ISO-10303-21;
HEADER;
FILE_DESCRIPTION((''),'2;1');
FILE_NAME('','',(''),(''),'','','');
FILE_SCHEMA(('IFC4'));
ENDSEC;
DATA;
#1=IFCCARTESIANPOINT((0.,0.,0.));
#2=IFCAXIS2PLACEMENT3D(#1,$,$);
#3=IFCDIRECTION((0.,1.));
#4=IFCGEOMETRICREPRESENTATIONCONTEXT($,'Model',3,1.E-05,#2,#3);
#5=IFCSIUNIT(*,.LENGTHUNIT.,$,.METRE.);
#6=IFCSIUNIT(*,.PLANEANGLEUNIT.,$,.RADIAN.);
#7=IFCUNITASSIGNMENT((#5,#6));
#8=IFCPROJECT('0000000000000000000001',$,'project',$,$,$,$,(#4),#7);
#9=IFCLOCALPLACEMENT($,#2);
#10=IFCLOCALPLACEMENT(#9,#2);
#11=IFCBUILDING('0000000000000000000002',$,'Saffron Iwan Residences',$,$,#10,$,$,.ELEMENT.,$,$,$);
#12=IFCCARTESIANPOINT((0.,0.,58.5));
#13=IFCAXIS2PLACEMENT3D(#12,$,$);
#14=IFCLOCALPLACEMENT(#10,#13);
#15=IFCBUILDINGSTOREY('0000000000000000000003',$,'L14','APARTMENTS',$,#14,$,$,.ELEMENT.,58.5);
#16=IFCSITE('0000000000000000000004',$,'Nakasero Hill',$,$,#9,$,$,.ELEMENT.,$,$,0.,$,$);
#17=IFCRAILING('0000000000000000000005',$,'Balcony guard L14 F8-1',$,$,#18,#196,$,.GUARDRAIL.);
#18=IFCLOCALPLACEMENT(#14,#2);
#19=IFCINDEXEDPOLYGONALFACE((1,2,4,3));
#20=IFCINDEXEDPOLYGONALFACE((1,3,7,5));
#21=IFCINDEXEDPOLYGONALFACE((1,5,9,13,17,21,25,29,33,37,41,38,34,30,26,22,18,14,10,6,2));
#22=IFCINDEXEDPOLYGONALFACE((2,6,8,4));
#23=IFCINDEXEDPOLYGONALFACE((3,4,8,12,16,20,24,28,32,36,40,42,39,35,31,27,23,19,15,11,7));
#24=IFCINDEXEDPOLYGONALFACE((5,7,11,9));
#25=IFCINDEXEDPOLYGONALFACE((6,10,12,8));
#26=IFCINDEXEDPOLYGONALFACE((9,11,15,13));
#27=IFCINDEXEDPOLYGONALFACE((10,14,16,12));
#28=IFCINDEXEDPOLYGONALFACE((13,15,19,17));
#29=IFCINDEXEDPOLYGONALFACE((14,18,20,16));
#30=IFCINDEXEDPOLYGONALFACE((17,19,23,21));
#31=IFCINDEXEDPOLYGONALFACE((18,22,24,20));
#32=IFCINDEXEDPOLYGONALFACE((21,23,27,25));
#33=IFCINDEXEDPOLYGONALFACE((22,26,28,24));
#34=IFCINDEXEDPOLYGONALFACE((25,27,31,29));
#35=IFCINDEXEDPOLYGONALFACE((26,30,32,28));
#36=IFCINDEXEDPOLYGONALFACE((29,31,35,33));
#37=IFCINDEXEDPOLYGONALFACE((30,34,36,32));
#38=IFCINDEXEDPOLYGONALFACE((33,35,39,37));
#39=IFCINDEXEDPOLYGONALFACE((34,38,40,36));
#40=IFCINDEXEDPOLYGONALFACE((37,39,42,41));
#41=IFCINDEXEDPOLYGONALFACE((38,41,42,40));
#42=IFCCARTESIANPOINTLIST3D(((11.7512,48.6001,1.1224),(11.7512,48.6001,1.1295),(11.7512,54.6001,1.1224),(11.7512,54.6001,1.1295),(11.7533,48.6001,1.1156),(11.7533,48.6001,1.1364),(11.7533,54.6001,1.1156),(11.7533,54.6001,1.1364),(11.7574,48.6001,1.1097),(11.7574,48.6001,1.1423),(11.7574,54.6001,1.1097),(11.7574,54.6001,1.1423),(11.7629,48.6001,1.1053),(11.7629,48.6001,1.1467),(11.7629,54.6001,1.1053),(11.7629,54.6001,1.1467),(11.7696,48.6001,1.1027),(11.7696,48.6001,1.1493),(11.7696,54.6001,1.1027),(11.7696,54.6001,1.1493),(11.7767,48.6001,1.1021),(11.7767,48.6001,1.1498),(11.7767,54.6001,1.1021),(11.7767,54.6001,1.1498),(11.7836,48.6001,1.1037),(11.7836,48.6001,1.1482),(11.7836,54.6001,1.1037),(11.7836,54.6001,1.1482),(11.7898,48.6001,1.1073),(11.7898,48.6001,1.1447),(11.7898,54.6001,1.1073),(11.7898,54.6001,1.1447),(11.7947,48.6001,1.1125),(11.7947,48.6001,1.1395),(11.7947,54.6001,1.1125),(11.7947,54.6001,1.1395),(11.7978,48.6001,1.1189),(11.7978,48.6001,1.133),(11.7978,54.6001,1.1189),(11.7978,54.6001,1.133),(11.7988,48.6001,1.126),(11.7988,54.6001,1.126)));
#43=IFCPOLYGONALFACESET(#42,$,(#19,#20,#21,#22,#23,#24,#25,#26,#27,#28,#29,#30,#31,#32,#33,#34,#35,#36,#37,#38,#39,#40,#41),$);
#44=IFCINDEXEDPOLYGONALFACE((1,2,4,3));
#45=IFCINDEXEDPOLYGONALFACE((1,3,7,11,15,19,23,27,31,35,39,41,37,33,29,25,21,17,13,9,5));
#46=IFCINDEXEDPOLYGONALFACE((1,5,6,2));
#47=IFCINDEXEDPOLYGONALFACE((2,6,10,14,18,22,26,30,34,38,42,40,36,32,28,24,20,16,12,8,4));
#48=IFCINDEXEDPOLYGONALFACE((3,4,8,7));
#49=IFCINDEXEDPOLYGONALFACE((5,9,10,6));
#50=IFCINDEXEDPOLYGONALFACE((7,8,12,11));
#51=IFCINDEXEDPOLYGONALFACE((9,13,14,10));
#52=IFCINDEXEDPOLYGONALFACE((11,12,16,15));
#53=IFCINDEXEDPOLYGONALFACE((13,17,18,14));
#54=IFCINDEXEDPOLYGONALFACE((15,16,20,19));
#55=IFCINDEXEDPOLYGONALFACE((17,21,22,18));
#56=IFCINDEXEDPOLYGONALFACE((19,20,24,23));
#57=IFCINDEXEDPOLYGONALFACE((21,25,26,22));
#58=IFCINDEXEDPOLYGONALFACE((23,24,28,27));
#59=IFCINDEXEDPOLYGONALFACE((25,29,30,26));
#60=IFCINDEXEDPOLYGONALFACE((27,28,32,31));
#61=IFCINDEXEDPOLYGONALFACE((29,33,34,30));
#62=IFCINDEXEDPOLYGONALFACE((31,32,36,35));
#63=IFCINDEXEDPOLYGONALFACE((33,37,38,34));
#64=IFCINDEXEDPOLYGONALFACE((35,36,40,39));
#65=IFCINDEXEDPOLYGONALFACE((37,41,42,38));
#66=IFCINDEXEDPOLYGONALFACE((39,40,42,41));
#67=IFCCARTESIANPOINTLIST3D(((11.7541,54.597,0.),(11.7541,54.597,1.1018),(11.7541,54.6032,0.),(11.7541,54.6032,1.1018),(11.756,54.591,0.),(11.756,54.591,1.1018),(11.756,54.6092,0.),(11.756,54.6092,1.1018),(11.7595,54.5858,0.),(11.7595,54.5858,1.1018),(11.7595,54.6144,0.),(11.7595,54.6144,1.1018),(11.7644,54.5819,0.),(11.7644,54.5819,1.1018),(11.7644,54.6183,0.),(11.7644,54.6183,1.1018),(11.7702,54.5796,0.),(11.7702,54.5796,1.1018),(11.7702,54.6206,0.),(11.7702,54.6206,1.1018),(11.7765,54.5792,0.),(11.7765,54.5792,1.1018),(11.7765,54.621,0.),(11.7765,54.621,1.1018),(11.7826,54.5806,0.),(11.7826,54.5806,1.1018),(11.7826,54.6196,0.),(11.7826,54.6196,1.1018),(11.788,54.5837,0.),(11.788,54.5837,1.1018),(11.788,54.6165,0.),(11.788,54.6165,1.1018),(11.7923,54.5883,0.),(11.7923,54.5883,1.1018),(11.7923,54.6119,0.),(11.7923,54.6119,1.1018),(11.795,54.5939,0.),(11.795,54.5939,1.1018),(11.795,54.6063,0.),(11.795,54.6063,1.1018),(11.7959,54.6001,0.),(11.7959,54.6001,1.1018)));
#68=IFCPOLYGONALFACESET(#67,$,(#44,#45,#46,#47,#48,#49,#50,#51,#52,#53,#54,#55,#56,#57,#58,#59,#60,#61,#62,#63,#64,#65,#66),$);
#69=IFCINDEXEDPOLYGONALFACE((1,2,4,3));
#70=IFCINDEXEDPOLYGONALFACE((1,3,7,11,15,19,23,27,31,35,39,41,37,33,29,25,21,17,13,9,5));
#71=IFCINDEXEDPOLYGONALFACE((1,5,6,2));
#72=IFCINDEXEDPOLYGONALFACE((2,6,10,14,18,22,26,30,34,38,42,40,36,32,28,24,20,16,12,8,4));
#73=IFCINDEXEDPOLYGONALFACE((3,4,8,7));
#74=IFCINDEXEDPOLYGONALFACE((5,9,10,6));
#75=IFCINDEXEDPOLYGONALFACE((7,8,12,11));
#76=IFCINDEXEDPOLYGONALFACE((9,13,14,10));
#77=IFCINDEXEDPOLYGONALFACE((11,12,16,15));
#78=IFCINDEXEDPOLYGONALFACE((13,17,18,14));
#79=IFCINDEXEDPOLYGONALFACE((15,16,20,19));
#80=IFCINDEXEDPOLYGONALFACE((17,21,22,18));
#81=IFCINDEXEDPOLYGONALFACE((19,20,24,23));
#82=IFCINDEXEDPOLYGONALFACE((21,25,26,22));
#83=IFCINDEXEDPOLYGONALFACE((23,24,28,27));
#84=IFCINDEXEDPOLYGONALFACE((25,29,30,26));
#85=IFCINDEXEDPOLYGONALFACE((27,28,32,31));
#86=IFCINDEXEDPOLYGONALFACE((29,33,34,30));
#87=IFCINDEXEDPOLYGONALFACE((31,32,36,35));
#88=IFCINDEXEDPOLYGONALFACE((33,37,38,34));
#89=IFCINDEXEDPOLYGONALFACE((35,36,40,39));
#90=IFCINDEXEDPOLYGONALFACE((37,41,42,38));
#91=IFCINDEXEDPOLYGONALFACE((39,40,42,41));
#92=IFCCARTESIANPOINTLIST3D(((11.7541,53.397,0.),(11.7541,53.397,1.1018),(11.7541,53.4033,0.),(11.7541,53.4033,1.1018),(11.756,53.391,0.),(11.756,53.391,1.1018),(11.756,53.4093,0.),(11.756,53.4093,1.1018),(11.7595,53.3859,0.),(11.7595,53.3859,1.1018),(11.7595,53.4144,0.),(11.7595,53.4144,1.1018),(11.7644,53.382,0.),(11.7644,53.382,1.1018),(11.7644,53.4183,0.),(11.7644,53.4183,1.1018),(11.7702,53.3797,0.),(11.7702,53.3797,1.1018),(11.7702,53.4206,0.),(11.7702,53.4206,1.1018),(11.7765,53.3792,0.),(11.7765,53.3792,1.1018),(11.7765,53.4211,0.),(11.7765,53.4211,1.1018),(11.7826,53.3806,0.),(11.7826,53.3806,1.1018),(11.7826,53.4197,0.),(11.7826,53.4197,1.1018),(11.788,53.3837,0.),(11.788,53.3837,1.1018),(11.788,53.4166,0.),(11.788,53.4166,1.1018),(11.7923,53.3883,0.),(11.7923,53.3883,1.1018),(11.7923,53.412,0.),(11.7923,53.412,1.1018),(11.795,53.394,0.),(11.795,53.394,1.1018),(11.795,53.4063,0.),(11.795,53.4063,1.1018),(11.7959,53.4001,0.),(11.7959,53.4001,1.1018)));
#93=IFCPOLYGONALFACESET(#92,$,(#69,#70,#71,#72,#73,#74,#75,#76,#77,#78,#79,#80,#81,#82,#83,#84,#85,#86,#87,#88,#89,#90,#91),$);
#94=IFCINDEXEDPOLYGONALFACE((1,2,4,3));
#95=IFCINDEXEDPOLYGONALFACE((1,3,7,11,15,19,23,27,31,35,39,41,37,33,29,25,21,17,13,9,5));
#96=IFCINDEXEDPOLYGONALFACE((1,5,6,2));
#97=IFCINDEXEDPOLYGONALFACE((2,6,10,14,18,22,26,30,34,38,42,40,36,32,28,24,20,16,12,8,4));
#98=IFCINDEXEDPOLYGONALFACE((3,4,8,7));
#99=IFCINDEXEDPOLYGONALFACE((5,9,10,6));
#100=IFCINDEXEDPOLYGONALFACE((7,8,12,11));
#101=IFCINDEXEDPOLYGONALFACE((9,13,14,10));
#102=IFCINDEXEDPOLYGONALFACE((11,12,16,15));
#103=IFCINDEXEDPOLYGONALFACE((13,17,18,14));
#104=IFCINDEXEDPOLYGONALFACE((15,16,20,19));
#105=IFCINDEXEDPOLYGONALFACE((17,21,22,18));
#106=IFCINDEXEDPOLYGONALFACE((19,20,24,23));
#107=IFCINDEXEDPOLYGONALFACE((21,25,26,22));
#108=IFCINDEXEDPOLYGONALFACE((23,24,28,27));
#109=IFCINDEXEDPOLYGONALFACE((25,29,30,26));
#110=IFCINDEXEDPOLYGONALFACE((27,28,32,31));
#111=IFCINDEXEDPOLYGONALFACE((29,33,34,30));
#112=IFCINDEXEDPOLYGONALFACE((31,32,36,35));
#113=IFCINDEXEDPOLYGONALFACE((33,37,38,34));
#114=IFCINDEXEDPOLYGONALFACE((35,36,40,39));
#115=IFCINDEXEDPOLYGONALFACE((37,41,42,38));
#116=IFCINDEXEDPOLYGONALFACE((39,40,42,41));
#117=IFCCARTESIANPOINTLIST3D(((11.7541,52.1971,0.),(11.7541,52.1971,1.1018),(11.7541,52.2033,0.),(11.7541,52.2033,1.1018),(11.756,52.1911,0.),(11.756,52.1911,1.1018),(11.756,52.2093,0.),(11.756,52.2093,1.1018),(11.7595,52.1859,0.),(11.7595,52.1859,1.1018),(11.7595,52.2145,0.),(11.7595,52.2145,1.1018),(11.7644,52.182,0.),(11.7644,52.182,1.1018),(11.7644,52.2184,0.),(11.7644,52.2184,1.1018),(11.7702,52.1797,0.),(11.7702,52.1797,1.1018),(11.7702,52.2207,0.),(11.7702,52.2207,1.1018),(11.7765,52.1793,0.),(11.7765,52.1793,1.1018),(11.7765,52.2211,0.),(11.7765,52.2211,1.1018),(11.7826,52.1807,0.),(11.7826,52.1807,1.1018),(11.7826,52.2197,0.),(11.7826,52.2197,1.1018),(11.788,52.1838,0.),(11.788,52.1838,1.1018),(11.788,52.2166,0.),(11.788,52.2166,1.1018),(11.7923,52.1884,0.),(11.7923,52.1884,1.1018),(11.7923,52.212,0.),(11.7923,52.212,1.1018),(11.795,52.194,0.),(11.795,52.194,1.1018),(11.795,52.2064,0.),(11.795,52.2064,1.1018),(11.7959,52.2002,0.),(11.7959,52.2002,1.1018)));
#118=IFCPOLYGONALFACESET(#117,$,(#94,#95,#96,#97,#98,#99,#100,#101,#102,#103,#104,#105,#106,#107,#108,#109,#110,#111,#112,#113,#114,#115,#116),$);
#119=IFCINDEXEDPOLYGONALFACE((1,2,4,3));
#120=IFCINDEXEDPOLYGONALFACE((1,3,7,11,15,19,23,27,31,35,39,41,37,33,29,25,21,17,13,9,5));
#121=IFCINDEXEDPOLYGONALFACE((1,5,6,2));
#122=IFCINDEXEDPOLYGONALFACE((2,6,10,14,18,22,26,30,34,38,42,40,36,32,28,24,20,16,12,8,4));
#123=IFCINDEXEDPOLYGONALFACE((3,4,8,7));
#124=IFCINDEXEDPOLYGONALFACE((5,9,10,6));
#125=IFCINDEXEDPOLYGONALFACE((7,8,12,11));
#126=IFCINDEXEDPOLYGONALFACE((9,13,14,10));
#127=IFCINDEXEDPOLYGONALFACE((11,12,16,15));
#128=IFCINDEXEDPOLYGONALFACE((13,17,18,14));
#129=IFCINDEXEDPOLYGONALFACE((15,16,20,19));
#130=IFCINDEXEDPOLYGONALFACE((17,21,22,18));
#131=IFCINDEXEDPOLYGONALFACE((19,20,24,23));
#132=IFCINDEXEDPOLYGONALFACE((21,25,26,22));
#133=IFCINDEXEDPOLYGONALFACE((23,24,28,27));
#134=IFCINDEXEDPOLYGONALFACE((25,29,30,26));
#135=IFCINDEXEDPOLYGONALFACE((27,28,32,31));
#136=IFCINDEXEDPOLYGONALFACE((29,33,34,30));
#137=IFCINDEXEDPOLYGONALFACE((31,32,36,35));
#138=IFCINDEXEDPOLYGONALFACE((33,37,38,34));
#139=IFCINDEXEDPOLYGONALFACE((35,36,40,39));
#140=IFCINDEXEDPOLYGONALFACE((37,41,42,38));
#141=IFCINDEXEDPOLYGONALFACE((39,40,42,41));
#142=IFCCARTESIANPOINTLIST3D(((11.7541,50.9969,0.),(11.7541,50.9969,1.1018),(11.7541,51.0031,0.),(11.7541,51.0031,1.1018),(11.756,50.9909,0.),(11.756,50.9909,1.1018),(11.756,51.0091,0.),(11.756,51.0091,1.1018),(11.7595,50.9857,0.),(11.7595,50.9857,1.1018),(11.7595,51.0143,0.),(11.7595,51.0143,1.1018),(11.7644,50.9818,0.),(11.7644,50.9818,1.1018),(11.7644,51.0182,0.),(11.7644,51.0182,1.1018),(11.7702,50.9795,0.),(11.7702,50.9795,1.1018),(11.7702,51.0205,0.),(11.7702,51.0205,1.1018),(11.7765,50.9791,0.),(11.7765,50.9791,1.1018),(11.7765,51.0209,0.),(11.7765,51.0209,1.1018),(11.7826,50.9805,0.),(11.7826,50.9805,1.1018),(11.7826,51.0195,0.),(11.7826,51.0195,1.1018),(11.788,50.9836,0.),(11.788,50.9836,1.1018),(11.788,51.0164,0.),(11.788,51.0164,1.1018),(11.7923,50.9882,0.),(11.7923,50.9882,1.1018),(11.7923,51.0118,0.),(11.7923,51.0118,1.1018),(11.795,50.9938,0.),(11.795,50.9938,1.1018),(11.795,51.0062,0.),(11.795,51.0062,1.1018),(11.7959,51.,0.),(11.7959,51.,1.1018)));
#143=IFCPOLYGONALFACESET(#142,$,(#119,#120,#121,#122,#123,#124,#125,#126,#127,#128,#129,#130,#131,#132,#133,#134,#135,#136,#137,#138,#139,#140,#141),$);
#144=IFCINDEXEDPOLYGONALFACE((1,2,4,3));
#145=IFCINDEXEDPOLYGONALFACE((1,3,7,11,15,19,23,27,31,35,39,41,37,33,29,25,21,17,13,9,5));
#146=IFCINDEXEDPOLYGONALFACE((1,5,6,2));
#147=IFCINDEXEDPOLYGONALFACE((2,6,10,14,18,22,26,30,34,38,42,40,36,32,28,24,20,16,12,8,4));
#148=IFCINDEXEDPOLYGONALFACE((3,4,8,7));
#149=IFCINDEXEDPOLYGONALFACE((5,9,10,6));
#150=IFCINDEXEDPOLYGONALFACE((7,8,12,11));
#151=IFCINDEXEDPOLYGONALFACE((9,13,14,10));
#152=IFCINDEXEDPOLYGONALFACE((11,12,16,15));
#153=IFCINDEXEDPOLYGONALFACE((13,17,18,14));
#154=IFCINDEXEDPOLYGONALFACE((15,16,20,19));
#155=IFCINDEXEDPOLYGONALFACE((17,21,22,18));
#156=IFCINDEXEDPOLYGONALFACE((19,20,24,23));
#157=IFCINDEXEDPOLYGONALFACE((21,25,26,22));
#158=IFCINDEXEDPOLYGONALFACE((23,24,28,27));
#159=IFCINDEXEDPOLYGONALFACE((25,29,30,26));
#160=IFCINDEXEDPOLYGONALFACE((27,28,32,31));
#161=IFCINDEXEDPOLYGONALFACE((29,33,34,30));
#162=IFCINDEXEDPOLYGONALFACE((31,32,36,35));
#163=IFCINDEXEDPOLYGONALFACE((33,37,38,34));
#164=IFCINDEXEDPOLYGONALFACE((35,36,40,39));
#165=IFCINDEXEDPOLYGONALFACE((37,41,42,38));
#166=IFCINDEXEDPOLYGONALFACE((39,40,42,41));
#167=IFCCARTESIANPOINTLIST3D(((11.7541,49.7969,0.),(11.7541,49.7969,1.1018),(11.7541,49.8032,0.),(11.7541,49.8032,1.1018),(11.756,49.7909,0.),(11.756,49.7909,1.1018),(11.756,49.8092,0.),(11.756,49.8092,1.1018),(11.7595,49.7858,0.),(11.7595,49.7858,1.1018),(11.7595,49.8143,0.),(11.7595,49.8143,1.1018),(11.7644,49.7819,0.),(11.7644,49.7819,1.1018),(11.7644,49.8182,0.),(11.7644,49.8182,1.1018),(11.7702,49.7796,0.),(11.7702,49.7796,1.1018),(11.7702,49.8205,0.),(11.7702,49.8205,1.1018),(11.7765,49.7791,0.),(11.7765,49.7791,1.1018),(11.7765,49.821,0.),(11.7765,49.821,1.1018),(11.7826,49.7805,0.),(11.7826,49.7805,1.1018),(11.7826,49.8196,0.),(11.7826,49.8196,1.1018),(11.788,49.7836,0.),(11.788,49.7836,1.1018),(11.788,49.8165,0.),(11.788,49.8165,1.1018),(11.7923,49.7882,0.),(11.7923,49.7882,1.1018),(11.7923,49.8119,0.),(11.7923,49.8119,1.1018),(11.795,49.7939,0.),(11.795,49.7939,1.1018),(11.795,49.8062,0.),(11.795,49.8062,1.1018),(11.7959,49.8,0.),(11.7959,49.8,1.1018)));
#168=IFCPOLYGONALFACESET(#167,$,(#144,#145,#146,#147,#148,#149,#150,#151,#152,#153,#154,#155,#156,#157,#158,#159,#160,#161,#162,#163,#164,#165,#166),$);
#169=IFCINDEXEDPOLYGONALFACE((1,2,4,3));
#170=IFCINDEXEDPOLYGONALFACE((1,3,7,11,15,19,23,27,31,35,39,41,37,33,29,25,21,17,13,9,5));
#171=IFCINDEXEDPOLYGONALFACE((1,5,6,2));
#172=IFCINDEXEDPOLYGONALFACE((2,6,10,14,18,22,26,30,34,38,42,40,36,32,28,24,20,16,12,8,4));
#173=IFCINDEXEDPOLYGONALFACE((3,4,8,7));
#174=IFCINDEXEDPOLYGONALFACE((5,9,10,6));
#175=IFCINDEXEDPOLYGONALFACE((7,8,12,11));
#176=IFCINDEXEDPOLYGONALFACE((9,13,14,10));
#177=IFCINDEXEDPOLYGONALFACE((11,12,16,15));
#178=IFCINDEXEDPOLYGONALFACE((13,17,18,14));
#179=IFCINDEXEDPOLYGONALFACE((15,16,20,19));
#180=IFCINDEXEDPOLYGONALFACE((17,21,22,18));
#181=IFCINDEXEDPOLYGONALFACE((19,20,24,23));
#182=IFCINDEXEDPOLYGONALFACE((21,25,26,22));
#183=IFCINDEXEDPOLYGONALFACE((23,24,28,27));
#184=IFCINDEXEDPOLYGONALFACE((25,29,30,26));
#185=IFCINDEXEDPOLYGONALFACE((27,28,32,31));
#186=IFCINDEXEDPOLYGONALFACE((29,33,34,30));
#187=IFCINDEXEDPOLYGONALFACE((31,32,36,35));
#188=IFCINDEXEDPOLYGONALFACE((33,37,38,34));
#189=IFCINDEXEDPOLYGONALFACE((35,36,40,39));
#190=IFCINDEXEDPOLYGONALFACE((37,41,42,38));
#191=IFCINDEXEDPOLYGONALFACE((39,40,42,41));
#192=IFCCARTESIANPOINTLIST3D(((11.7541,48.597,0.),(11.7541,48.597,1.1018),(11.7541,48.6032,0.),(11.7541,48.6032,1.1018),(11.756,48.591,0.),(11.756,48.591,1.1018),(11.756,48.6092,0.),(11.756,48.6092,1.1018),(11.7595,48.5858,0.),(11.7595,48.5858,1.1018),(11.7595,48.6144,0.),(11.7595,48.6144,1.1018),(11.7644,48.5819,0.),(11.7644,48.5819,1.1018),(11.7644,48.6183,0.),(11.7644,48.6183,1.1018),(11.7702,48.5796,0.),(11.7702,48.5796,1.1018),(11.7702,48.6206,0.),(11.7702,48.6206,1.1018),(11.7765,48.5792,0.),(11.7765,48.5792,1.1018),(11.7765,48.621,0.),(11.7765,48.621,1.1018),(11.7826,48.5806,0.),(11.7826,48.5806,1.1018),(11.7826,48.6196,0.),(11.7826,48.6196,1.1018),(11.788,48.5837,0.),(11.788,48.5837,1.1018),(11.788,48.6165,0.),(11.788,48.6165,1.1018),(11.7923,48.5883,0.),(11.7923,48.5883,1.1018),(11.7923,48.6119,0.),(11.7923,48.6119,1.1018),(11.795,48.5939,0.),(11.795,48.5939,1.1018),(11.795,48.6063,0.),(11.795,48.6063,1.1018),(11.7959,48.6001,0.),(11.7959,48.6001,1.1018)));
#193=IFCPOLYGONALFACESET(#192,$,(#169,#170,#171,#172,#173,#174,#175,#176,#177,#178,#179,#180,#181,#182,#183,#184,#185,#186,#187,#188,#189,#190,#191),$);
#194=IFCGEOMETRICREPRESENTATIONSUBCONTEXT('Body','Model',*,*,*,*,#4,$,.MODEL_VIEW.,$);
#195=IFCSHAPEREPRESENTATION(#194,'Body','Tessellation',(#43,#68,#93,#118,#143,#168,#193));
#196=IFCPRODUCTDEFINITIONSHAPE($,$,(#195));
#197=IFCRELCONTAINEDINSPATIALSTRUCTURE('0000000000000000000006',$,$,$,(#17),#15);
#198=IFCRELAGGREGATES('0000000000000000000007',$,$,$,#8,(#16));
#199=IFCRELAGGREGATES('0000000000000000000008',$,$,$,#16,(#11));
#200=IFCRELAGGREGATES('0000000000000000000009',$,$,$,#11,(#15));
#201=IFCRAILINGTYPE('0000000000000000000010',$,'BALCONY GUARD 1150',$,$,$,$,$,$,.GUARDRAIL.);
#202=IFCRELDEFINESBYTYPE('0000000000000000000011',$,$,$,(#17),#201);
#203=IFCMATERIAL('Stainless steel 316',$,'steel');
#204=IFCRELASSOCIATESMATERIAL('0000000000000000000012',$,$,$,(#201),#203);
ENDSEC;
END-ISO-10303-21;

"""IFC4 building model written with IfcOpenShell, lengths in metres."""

from ifc_helpers import new_model, si_unit, direction, frame, origin, origin_2d, place, context, subcontext, project, spatial, circle, extrude, material, type_object, element, save


model = new_model("IFC4")

# Units and contexts
model_context = context("Model", 3, precision=1e-05, world=origin(), true_north=direction((0.0, 1.0)))
body_context = subcontext(model_context, "Body", "Model", "MODEL_VIEW")
ifc_project = project(units=[si_unit("LENGTHUNIT", "METRE"), si_unit("PLANEANGLEUNIT", "RADIAN")], contexts=[model_context])

# Site, building, storey
site_placement = place(None, origin())
site = spatial("IfcSite", under=ifc_project, at=site_placement, Name="Nakasero Hill", CompositionType="ELEMENT", RefElevation=0.0)
building_placement = place(site_placement, origin())
building = spatial("IfcBuilding", under=site, at=building_placement, Name="Saffron Iwan Residences", CompositionType="ELEMENT")
storey_placement = place(building_placement, frame((0.0, 0.0, 58.5)))
storey = spatial("IfcBuildingStorey", under=building, at=storey_placement, Name="L14", Description="APARTMENTS", CompositionType="ELEMENT", Elevation=58.5)

# Railing
ifc_material_1 = material(Name="Stainless steel 316", Category="steel")
railing_type = type_object("IfcRailingType", Name="BALCONY GUARD 1150", PredefinedType="GUARDRAIL", material=ifc_material_1)
railing_placement = place(storey_placement, frame((11.7749, 54.6001, 0.0)))
element("IfcRailing", 1, at=railing_placement, inside=storey, type_object=railing_type, Name="Balcony guard L14 F8-1", PredefinedType="GUARDRAIL", context=body_context, shape_type="SweptSolid", body=[
    extrude(circle(Radius=0.0239, at=origin_2d()), frame((0.0, 0.0, 1.126), z_axis=(0.0, -1.0, 0.0), x_axis=(1.0, 0.0, 0.0)), (0.0, 0.0, 1.0), 6.0),
    extrude(circle(Radius=0.021, at=origin_2d()), origin(), (0.0, 0.0, 1.0), 1.1018),
    extrude(circle(Radius=0.021, at=origin_2d()), frame((0.0, -1.2, 0.0)), (0.0, 0.0, 1.0), 1.1018),
    extrude(circle(Radius=0.021, at=origin_2d()), frame((0.0, -2.3999, 0.0)), (0.0, 0.0, 1.0), 1.1018),
    extrude(circle(Radius=0.021, at=origin_2d()), frame((0.0, -3.6001, 0.0)), (0.0, 0.0, 1.0), 1.1018),
    extrude(circle(Radius=0.021, at=origin_2d()), frame((0.0, -4.8, 0.0)), (0.0, 0.0, 1.0), 1.1018),
    extrude(circle(Radius=0.021, at=origin_2d()), frame((0.0, -6.0, 0.0)), (0.0, 0.0, 1.0), 1.1018),
])

save(model, "model.ifc")
